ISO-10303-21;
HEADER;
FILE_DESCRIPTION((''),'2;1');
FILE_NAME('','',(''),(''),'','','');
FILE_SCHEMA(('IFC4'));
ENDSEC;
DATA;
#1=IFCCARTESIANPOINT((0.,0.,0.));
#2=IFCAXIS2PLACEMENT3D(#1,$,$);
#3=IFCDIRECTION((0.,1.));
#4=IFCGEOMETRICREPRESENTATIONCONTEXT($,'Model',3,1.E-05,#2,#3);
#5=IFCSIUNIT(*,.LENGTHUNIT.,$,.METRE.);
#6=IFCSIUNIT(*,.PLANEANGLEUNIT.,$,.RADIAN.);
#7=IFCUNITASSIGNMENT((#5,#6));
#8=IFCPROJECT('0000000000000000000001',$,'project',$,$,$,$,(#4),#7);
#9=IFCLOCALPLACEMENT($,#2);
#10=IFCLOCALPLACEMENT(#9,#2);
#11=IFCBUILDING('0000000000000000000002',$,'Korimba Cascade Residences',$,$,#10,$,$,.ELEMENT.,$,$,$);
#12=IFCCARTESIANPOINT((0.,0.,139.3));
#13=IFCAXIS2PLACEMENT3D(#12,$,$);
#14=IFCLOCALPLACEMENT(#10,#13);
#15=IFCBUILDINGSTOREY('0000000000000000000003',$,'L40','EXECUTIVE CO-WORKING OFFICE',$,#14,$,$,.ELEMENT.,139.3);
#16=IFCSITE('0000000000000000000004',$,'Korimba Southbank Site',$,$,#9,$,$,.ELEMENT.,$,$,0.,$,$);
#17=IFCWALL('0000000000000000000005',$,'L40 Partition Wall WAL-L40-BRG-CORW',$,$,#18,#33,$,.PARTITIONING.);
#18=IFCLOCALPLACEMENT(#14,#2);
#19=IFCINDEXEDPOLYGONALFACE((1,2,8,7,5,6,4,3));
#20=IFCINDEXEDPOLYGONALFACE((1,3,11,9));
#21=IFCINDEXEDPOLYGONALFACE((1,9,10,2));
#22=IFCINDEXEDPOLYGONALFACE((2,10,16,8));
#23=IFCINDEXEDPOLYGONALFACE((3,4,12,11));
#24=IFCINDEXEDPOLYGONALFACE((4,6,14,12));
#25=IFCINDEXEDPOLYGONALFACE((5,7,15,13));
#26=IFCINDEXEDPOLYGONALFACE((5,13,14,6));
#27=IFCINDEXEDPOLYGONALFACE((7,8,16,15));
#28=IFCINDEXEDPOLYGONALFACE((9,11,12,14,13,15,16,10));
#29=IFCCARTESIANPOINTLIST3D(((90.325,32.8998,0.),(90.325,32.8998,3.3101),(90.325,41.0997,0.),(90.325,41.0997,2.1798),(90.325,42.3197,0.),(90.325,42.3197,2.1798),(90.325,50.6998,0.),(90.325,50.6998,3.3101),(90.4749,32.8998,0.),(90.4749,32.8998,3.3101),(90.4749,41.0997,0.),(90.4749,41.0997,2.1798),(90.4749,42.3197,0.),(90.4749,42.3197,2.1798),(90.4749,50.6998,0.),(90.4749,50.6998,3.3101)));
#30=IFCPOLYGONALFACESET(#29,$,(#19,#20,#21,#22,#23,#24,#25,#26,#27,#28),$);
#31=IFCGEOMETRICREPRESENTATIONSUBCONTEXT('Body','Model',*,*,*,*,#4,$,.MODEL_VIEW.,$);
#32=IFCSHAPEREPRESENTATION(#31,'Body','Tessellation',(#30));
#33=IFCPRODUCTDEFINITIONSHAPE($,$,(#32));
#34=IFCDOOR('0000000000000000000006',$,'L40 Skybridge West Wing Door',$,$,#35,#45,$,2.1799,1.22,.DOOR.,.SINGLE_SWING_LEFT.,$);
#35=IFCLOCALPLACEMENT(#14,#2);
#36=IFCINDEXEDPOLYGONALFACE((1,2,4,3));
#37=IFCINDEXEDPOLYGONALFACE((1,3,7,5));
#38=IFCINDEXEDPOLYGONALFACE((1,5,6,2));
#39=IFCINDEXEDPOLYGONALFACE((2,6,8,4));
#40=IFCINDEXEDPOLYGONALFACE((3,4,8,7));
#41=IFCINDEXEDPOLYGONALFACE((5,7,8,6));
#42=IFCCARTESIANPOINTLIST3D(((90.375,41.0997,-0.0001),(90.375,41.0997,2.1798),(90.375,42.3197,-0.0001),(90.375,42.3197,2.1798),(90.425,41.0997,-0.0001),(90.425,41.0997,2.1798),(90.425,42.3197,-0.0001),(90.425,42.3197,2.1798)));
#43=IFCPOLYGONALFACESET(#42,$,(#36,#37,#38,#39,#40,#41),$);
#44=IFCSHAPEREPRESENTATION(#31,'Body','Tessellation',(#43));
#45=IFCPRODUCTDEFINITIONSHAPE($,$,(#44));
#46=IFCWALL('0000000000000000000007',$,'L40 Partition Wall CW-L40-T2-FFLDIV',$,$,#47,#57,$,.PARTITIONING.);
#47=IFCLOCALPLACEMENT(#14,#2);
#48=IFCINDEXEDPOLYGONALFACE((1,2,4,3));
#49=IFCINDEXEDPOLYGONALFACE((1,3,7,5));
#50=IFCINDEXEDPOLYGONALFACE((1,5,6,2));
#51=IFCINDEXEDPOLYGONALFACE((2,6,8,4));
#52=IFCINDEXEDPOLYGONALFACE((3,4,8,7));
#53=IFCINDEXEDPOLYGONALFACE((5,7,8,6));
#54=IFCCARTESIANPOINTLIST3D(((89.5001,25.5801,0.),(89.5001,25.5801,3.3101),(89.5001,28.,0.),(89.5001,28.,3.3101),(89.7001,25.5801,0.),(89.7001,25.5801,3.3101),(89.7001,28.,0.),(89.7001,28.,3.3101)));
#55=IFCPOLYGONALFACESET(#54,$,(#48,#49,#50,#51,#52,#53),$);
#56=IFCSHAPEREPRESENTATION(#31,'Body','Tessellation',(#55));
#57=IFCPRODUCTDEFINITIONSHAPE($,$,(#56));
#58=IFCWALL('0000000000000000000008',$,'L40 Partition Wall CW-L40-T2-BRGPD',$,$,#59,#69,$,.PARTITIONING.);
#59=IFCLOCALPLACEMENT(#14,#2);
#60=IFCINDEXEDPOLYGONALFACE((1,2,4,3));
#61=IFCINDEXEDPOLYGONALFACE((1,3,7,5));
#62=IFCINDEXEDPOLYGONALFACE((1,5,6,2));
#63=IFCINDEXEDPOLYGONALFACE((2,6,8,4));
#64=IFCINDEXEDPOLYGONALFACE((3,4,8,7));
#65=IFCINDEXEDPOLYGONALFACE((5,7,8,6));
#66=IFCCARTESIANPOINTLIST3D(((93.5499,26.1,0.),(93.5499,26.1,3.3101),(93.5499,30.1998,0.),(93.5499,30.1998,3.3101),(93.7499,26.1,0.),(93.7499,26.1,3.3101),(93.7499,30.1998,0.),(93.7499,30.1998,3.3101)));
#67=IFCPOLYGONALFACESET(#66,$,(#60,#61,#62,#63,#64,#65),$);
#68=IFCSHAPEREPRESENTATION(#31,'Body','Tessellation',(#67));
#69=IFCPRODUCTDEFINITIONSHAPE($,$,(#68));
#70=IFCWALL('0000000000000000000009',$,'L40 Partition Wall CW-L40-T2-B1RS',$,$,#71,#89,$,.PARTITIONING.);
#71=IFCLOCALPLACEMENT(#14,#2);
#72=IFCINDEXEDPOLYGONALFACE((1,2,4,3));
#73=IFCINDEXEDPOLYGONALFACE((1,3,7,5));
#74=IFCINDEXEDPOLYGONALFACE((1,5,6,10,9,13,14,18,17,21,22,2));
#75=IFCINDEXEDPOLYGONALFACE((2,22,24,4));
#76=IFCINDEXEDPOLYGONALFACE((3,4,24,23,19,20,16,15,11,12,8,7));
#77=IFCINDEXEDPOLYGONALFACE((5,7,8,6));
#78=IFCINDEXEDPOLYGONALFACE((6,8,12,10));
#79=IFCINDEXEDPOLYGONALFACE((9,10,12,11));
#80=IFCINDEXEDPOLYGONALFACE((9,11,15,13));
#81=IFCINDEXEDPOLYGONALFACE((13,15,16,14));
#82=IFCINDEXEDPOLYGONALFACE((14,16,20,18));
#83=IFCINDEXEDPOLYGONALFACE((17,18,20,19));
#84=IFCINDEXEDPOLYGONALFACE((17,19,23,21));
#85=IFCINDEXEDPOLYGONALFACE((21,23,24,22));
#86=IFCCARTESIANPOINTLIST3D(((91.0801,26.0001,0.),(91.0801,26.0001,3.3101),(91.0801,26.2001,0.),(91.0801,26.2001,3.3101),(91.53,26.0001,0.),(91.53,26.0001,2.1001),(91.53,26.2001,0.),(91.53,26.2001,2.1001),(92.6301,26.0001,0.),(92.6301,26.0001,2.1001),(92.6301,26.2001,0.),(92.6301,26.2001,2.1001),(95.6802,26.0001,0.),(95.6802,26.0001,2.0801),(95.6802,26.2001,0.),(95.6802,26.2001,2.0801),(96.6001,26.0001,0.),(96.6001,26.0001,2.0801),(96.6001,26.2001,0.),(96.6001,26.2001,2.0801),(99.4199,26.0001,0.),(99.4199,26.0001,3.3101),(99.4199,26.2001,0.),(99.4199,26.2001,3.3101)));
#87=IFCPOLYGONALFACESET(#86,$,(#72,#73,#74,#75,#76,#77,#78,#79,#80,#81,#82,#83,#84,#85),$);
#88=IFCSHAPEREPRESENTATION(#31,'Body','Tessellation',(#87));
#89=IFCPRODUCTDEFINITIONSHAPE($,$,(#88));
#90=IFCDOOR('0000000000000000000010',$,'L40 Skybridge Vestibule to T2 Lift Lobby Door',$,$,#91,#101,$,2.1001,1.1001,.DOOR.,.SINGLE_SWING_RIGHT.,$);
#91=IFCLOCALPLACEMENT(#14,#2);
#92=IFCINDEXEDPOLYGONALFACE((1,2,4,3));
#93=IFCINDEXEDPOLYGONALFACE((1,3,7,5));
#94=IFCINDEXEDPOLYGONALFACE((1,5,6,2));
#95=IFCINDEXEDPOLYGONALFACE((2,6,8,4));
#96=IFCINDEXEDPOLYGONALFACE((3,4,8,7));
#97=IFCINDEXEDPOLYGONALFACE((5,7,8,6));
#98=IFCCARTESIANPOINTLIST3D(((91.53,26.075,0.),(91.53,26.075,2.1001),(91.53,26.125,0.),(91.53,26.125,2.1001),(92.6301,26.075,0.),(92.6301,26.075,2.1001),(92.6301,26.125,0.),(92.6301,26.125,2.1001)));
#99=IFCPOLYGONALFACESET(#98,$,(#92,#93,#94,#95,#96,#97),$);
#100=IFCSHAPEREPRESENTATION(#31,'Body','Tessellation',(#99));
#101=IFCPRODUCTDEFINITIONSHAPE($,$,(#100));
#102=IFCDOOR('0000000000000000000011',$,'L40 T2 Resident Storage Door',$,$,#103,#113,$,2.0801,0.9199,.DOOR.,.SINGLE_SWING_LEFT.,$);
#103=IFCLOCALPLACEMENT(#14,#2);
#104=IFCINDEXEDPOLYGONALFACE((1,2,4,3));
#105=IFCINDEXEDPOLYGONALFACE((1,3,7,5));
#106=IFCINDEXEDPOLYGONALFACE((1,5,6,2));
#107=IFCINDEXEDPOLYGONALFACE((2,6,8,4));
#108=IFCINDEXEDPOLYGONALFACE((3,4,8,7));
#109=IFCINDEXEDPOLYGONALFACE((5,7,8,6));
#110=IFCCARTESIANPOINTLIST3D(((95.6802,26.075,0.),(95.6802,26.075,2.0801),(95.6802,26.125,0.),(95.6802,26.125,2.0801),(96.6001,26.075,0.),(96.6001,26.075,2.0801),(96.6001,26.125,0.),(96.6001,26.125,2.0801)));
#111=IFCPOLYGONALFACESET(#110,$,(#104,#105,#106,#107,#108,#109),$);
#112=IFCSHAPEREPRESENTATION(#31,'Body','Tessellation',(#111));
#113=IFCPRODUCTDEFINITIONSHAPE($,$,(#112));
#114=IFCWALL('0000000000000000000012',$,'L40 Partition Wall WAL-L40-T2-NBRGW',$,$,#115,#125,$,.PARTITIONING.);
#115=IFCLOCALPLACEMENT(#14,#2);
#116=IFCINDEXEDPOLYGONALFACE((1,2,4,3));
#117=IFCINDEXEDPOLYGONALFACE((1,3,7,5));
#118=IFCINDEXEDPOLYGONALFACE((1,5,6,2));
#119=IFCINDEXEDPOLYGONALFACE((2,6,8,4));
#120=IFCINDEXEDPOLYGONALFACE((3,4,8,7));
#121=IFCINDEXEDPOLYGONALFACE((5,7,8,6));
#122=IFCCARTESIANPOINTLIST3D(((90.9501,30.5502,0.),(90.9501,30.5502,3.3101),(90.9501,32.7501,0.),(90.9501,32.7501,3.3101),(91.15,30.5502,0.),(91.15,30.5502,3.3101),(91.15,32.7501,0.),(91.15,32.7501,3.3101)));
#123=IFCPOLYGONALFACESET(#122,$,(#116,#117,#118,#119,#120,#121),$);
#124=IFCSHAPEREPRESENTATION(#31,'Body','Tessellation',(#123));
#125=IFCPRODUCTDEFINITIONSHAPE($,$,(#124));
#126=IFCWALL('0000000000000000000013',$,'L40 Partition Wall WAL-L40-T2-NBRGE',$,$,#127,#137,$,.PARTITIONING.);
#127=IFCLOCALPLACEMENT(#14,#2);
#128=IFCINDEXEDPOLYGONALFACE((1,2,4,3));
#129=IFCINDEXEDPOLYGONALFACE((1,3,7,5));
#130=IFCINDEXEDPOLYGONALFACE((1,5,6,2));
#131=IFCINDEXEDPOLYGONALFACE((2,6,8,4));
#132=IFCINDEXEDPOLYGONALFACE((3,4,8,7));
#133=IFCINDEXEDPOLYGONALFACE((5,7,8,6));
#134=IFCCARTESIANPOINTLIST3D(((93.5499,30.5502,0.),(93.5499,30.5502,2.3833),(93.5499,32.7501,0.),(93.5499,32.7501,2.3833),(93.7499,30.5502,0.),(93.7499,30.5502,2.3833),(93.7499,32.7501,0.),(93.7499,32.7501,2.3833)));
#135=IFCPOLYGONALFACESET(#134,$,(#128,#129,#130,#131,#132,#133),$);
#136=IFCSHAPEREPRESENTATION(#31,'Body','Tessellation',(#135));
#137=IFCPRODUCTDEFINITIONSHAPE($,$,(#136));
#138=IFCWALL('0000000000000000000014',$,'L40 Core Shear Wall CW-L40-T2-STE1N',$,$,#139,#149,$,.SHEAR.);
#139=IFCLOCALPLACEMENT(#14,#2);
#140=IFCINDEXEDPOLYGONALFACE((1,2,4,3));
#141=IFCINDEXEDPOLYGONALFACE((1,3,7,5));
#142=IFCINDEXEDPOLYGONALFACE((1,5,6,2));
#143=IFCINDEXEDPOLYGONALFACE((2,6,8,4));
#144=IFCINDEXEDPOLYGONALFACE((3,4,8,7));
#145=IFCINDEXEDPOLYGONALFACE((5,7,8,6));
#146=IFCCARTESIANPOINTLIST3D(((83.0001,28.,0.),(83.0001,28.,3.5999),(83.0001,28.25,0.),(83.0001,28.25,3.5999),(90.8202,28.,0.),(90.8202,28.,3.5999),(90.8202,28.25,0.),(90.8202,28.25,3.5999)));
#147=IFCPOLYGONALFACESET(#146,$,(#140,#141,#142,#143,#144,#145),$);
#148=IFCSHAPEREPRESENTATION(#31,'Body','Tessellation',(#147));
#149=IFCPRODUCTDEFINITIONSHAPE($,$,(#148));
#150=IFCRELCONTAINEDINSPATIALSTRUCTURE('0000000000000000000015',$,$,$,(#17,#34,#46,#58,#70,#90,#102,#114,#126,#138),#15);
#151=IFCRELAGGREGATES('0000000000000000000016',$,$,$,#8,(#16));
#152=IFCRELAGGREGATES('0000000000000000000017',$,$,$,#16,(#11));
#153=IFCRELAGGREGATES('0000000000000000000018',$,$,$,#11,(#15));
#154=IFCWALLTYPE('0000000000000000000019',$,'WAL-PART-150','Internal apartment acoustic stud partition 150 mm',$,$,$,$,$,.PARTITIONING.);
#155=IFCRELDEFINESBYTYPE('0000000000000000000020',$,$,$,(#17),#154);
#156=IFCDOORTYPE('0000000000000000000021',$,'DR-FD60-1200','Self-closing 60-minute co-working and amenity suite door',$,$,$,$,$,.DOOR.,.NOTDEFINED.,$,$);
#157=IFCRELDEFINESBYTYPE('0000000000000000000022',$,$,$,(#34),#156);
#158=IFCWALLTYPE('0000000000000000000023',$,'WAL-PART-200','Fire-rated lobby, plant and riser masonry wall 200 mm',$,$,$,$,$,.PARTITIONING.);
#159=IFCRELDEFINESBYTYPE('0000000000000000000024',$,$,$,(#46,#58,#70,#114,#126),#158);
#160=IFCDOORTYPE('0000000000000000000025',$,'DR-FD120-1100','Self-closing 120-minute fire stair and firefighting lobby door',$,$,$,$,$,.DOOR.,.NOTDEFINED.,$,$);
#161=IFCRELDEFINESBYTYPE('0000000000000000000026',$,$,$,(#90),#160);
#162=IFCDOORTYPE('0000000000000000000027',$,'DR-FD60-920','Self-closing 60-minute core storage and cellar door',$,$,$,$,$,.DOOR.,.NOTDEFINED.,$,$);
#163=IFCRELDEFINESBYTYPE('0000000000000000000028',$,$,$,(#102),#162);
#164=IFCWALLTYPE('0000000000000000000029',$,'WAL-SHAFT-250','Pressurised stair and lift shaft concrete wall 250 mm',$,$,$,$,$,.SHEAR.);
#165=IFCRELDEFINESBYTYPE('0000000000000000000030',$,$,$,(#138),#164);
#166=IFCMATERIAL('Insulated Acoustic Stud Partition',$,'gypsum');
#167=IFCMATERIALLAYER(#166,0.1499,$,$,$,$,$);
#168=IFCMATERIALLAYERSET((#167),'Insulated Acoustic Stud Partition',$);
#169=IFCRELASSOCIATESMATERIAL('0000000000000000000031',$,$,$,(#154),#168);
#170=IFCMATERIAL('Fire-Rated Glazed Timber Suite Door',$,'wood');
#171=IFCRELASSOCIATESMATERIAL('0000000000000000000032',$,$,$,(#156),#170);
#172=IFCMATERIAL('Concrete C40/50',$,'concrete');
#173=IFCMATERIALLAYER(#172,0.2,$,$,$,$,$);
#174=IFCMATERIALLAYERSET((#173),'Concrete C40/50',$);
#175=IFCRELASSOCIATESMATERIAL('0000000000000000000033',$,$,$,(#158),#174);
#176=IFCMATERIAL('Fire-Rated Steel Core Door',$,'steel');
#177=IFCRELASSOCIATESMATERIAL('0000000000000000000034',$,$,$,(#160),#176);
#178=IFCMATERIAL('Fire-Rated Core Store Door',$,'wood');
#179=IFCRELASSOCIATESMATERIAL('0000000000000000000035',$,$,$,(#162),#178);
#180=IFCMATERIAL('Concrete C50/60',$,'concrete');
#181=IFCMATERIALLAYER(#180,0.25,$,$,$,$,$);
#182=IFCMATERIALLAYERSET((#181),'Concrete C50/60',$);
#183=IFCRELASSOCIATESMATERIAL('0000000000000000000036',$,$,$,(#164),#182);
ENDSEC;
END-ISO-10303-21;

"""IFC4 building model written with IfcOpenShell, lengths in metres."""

from ifc_helpers import new_model, si_unit, direction, frame, frame_2d, origin, place, context, subcontext, project, spatial, rectangle, extrude, material, layer, layer_set, type_object, element, fill, save


model = new_model("IFC4")

# Units and contexts
model_context = context("Model", 3, precision=1e-05, world=origin(), true_north=direction((0.0, 1.0)))
body_context = subcontext(model_context, "Body", "Model", "MODEL_VIEW")
ifc_project = project(units=[si_unit("LENGTHUNIT", "METRE"), si_unit("PLANEANGLEUNIT", "RADIAN")], contexts=[model_context])

# Site, building, storey
site_placement = place(None, origin())
site = spatial("IfcSite", under=ifc_project, at=site_placement, Name="Korimba Southbank Site", CompositionType="ELEMENT", RefElevation=0.0)
building_placement = place(site_placement, origin())
building = spatial("IfcBuilding", under=site, at=building_placement, Name="Korimba Cascade Residences", CompositionType="ELEMENT")
storey_placement = place(building_placement, frame((0.0, 0.0, 139.3)))
storey = spatial("IfcBuildingStorey", under=building, at=storey_placement, Name="L40", Description="EXECUTIVE CO-WORKING OFFICE", CompositionType="ELEMENT", Elevation=139.3)

# Shared definitions
ifc_material_1 = material(Name="Insulated Acoustic Stud Partition", Category="gypsum")
ifc_layer_1 = layer(ifc_material_1, 0.1499)
ifc_layer_set_1 = layer_set([ifc_layer_1], Name="Insulated Acoustic Stud Partition")
wall_type_1 = type_object("IfcWallType", Name="WAL-PART-150", Description="Internal apartment acoustic stud partition 150 mm", PredefinedType="PARTITIONING", material=ifc_layer_set_1)

# Wall, opening, door
wall_1_placement = place(storey_placement, frame((90.3999, 32.8999, 0.0), z_axis=(0.0, 0.0, 1.0), x_axis=(0.0, 1.0, 0.0)))
wall_1 = element("IfcWall", 1, at=wall_1_placement, inside=storey, type_object=wall_type_1, Name="L40 Partition Wall WAL-L40-BRG-CORW", PredefinedType="PARTITIONING", context=body_context, shape_type="SweptSolid", body=[
    extrude(rectangle(XDim=17.8, YDim=0.1499, at=frame_2d((8.8999, 0.0))), origin(), (0.0, 0.0, 1.0), 3.3101),
])
opening_1_placement = place(wall_1_placement, frame((8.2, 0.0, 0.0)))
opening_1 = element("IfcOpeningElement", 2, at=opening_1_placement, cuts=wall_1, PredefinedType="OPENING", context=body_context, shape_type="SweptSolid", body=[
    extrude(rectangle(XDim=1.22, YDim=2.1799, at=frame_2d((0.6099, 1.0898))), frame((0.0, 0.085, 0.0), z_axis=(0.0, -1.0, 0.0), x_axis=(1.0, 0.0, 0.0)), (0.0, 0.0, 1.0), 0.1699),
])
ifc_material_2 = material(Name="Fire-Rated Glazed Timber Suite Door", Category="wood")
door_type_1 = type_object("IfcDoorType", Name="DR-FD60-1200", Description="Self-closing 60-minute co-working and amenity suite door", OperationType="NOTDEFINED", PredefinedType="DOOR", material=ifc_material_2)
door_1_placement = place(opening_1_placement, origin())
door_1 = element("IfcDoor", 3, at=door_1_placement, inside=storey, type_object=door_type_1, Name="L40 Skybridge West Wing Door", OperationType="SINGLE_SWING_LEFT", OverallHeight=2.1799, OverallWidth=1.22, PredefinedType="DOOR", context=body_context, shape_type="SweptSolid", body=[
    extrude(rectangle(XDim=1.22, YDim=2.1799, at=frame_2d((0.6099, 1.0898))), frame((0.0, 0.0249, 0.0), z_axis=(0.0, -1.0, 0.0), x_axis=(1.0, 0.0, 0.0)), (0.0, 0.0, 1.0), 0.05),
])
fill(opening_1, door_1)

# Walls
ifc_material_3 = material(Name="Concrete C40/50", Category="concrete")
ifc_layer_2 = layer(ifc_material_3, 0.2)
ifc_layer_set_2 = layer_set([ifc_layer_2], Name="Concrete C40/50")
wall_type_2 = type_object("IfcWallType", Name="WAL-PART-200", Description="Fire-rated lobby, plant and riser masonry wall 200 mm", PredefinedType="PARTITIONING", material=ifc_layer_set_2)
wall_2_placement = place(storey_placement, frame((89.6001, 25.5801, 0.0), z_axis=(0.0, 0.0, 1.0), x_axis=(0.0, 1.0, 0.0)))
element("IfcWall", 4, at=wall_2_placement, inside=storey, type_object=wall_type_2, Name="L40 Partition Wall CW-L40-T2-FFLDIV", PredefinedType="PARTITIONING", context=body_context, shape_type="SweptSolid", body=[
    extrude(rectangle(XDim=2.4199, YDim=0.2, at=frame_2d((1.21, 0.0))), origin(), (0.0, 0.0, 1.0), 3.3101),
])
wall_3_placement = place(storey_placement, frame((93.6499, 26.1001, 0.0), z_axis=(0.0, 0.0, 1.0), x_axis=(0.0, 1.0, 0.0)))
element("IfcWall", 5, at=wall_3_placement, inside=storey, type_object=wall_type_2, Name="L40 Partition Wall CW-L40-T2-BRGPD", PredefinedType="PARTITIONING", context=body_context, shape_type="SweptSolid", body=[
    extrude(rectangle(XDim=4.0999, YDim=0.2, at=frame_2d((2.0498, 0.0))), origin(), (0.0, 0.0, 1.0), 3.3101),
])

# Wall, openings, doors
wall_4_placement = place(storey_placement, frame((91.0801, 26.1001, 0.0), z_axis=(0.0, 0.0, 1.0), x_axis=(1.0, 0.0, 0.0)))
wall_4 = element("IfcWall", 6, at=wall_4_placement, inside=storey, type_object=wall_type_2, Name="L40 Partition Wall CW-L40-T2-B1RS", PredefinedType="PARTITIONING", context=body_context, shape_type="SweptSolid", body=[
    extrude(rectangle(XDim=8.3398, YDim=0.2, at=frame_2d((4.1699, 0.0))), origin(), (0.0, 0.0, 1.0), 3.3101),
])
opening_2_placement = place(wall_4_placement, frame((0.45, 0.0, 0.0)))
opening_2 = element("IfcOpeningElement", 7, at=opening_2_placement, cuts=wall_4, PredefinedType="OPENING", context=body_context, shape_type="SweptSolid", body=[
    extrude(rectangle(XDim=1.1001, YDim=2.1001, at=frame_2d((0.55, 1.05))), frame((0.0, 0.1099, 0.0), z_axis=(0.0, -1.0, 0.0), x_axis=(1.0, 0.0, 0.0)), (0.0, 0.0, 1.0), 0.22),
])
opening_3_placement = place(wall_4_placement, frame((4.6001, 0.0, 0.0)))
opening_3 = element("IfcOpeningElement", 8, at=opening_3_placement, cuts=wall_4, PredefinedType="OPENING", context=body_context, shape_type="SweptSolid", body=[
    extrude(rectangle(XDim=0.9199, YDim=2.0801, at=frame_2d((0.46, 1.04))), frame((0.0, 0.1099, 0.0), z_axis=(0.0, -1.0, 0.0), x_axis=(1.0, 0.0, 0.0)), (0.0, 0.0, 1.0), 0.22),
])
ifc_material_4 = material(Name="Fire-Rated Steel Core Door", Category="steel")
door_type_2 = type_object("IfcDoorType", Name="DR-FD120-1100", Description="Self-closing 120-minute fire stair and firefighting lobby door", OperationType="NOTDEFINED", PredefinedType="DOOR", material=ifc_material_4)
door_2_placement = place(opening_2_placement, origin())
door_2 = element("IfcDoor", 9, at=door_2_placement, inside=storey, type_object=door_type_2, Name="L40 Skybridge Vestibule to T2 Lift Lobby Door", OperationType="SINGLE_SWING_RIGHT", OverallHeight=2.1001, OverallWidth=1.1001, PredefinedType="DOOR", context=body_context, shape_type="SweptSolid", body=[
    extrude(rectangle(XDim=1.1001, YDim=2.1001, at=frame_2d((0.55, 1.05))), frame((0.0, 0.0249, 0.0), z_axis=(0.0, -1.0, 0.0), x_axis=(1.0, 0.0, 0.0)), (0.0, 0.0, 1.0), 0.05),
])
fill(opening_2, door_2)
ifc_material_5 = material(Name="Fire-Rated Core Store Door", Category="wood")
door_type_3 = type_object("IfcDoorType", Name="DR-FD60-920", Description="Self-closing 60-minute core storage and cellar door", OperationType="NOTDEFINED", PredefinedType="DOOR", material=ifc_material_5)
door_3_placement = place(opening_3_placement, origin())
door_3 = element("IfcDoor", 10, at=door_3_placement, inside=storey, type_object=door_type_3, Name="L40 T2 Resident Storage Door", OperationType="SINGLE_SWING_LEFT", OverallHeight=2.0801, OverallWidth=0.9199, PredefinedType="DOOR", context=body_context, shape_type="SweptSolid", body=[
    extrude(rectangle(XDim=0.9199, YDim=2.0801, at=frame_2d((0.46, 1.04))), frame((0.0, 0.0249, 0.0), z_axis=(0.0, -1.0, 0.0), x_axis=(1.0, 0.0, 0.0)), (0.0, 0.0, 1.0), 0.05),
])
fill(opening_3, door_3)

# Walls
wall_5_placement = place(storey_placement, frame((91.05, 30.55, 0.0), z_axis=(0.0, 0.0, 1.0), x_axis=(0.0, 1.0, 0.0)))
element("IfcWall", 11, at=wall_5_placement, inside=storey, type_object=wall_type_2, Name="L40 Partition Wall WAL-L40-T2-NBRGW", PredefinedType="PARTITIONING", context=body_context, shape_type="SweptSolid", body=[
    extrude(rectangle(XDim=2.2, YDim=0.2, at=frame_2d((1.1001, 0.0))), origin(), (0.0, 0.0, 1.0), 3.3101),
])
wall_6_placement = place(storey_placement, frame((93.6499, 30.55, 0.0), z_axis=(0.0, 0.0, 1.0), x_axis=(0.0, 1.0, 0.0)))
element("IfcWall", 12, at=wall_6_placement, inside=storey, type_object=wall_type_2, Name="L40 Partition Wall WAL-L40-T2-NBRGE", PredefinedType="PARTITIONING", context=body_context, shape_type="SweptSolid", body=[
    extrude(rectangle(XDim=2.2, YDim=0.2, at=frame_2d((1.1001, 0.0))), origin(), (0.0, 0.0, 1.0), 2.3833),
])
ifc_material_6 = material(Name="Concrete C50/60", Category="concrete")
ifc_layer_3 = layer(ifc_material_6, 0.25)
ifc_layer_set_3 = layer_set([ifc_layer_3], Name="Concrete C50/60")
wall_type_3 = type_object("IfcWallType", Name="WAL-SHAFT-250", Description="Pressurised stair and lift shaft concrete wall 250 mm", PredefinedType="SHEAR", material=ifc_layer_set_3)
wall_7_placement = place(storey_placement, frame((83.0, 28.125, 0.0), z_axis=(0.0, 0.0, 1.0), x_axis=(1.0, 0.0, 0.0)))
element("IfcWall", 13, at=wall_7_placement, inside=storey, type_object=wall_type_3, Name="L40 Core Shear Wall CW-L40-T2-STE1N", PredefinedType="SHEAR", context=body_context, shape_type="SweptSolid", body=[
    extrude(rectangle(XDim=7.8201, YDim=0.25, at=frame_2d((3.9102, 0.0))), origin(), (0.0, 0.0, 1.0), 3.5999),
])

save(model, "model.ifc")
